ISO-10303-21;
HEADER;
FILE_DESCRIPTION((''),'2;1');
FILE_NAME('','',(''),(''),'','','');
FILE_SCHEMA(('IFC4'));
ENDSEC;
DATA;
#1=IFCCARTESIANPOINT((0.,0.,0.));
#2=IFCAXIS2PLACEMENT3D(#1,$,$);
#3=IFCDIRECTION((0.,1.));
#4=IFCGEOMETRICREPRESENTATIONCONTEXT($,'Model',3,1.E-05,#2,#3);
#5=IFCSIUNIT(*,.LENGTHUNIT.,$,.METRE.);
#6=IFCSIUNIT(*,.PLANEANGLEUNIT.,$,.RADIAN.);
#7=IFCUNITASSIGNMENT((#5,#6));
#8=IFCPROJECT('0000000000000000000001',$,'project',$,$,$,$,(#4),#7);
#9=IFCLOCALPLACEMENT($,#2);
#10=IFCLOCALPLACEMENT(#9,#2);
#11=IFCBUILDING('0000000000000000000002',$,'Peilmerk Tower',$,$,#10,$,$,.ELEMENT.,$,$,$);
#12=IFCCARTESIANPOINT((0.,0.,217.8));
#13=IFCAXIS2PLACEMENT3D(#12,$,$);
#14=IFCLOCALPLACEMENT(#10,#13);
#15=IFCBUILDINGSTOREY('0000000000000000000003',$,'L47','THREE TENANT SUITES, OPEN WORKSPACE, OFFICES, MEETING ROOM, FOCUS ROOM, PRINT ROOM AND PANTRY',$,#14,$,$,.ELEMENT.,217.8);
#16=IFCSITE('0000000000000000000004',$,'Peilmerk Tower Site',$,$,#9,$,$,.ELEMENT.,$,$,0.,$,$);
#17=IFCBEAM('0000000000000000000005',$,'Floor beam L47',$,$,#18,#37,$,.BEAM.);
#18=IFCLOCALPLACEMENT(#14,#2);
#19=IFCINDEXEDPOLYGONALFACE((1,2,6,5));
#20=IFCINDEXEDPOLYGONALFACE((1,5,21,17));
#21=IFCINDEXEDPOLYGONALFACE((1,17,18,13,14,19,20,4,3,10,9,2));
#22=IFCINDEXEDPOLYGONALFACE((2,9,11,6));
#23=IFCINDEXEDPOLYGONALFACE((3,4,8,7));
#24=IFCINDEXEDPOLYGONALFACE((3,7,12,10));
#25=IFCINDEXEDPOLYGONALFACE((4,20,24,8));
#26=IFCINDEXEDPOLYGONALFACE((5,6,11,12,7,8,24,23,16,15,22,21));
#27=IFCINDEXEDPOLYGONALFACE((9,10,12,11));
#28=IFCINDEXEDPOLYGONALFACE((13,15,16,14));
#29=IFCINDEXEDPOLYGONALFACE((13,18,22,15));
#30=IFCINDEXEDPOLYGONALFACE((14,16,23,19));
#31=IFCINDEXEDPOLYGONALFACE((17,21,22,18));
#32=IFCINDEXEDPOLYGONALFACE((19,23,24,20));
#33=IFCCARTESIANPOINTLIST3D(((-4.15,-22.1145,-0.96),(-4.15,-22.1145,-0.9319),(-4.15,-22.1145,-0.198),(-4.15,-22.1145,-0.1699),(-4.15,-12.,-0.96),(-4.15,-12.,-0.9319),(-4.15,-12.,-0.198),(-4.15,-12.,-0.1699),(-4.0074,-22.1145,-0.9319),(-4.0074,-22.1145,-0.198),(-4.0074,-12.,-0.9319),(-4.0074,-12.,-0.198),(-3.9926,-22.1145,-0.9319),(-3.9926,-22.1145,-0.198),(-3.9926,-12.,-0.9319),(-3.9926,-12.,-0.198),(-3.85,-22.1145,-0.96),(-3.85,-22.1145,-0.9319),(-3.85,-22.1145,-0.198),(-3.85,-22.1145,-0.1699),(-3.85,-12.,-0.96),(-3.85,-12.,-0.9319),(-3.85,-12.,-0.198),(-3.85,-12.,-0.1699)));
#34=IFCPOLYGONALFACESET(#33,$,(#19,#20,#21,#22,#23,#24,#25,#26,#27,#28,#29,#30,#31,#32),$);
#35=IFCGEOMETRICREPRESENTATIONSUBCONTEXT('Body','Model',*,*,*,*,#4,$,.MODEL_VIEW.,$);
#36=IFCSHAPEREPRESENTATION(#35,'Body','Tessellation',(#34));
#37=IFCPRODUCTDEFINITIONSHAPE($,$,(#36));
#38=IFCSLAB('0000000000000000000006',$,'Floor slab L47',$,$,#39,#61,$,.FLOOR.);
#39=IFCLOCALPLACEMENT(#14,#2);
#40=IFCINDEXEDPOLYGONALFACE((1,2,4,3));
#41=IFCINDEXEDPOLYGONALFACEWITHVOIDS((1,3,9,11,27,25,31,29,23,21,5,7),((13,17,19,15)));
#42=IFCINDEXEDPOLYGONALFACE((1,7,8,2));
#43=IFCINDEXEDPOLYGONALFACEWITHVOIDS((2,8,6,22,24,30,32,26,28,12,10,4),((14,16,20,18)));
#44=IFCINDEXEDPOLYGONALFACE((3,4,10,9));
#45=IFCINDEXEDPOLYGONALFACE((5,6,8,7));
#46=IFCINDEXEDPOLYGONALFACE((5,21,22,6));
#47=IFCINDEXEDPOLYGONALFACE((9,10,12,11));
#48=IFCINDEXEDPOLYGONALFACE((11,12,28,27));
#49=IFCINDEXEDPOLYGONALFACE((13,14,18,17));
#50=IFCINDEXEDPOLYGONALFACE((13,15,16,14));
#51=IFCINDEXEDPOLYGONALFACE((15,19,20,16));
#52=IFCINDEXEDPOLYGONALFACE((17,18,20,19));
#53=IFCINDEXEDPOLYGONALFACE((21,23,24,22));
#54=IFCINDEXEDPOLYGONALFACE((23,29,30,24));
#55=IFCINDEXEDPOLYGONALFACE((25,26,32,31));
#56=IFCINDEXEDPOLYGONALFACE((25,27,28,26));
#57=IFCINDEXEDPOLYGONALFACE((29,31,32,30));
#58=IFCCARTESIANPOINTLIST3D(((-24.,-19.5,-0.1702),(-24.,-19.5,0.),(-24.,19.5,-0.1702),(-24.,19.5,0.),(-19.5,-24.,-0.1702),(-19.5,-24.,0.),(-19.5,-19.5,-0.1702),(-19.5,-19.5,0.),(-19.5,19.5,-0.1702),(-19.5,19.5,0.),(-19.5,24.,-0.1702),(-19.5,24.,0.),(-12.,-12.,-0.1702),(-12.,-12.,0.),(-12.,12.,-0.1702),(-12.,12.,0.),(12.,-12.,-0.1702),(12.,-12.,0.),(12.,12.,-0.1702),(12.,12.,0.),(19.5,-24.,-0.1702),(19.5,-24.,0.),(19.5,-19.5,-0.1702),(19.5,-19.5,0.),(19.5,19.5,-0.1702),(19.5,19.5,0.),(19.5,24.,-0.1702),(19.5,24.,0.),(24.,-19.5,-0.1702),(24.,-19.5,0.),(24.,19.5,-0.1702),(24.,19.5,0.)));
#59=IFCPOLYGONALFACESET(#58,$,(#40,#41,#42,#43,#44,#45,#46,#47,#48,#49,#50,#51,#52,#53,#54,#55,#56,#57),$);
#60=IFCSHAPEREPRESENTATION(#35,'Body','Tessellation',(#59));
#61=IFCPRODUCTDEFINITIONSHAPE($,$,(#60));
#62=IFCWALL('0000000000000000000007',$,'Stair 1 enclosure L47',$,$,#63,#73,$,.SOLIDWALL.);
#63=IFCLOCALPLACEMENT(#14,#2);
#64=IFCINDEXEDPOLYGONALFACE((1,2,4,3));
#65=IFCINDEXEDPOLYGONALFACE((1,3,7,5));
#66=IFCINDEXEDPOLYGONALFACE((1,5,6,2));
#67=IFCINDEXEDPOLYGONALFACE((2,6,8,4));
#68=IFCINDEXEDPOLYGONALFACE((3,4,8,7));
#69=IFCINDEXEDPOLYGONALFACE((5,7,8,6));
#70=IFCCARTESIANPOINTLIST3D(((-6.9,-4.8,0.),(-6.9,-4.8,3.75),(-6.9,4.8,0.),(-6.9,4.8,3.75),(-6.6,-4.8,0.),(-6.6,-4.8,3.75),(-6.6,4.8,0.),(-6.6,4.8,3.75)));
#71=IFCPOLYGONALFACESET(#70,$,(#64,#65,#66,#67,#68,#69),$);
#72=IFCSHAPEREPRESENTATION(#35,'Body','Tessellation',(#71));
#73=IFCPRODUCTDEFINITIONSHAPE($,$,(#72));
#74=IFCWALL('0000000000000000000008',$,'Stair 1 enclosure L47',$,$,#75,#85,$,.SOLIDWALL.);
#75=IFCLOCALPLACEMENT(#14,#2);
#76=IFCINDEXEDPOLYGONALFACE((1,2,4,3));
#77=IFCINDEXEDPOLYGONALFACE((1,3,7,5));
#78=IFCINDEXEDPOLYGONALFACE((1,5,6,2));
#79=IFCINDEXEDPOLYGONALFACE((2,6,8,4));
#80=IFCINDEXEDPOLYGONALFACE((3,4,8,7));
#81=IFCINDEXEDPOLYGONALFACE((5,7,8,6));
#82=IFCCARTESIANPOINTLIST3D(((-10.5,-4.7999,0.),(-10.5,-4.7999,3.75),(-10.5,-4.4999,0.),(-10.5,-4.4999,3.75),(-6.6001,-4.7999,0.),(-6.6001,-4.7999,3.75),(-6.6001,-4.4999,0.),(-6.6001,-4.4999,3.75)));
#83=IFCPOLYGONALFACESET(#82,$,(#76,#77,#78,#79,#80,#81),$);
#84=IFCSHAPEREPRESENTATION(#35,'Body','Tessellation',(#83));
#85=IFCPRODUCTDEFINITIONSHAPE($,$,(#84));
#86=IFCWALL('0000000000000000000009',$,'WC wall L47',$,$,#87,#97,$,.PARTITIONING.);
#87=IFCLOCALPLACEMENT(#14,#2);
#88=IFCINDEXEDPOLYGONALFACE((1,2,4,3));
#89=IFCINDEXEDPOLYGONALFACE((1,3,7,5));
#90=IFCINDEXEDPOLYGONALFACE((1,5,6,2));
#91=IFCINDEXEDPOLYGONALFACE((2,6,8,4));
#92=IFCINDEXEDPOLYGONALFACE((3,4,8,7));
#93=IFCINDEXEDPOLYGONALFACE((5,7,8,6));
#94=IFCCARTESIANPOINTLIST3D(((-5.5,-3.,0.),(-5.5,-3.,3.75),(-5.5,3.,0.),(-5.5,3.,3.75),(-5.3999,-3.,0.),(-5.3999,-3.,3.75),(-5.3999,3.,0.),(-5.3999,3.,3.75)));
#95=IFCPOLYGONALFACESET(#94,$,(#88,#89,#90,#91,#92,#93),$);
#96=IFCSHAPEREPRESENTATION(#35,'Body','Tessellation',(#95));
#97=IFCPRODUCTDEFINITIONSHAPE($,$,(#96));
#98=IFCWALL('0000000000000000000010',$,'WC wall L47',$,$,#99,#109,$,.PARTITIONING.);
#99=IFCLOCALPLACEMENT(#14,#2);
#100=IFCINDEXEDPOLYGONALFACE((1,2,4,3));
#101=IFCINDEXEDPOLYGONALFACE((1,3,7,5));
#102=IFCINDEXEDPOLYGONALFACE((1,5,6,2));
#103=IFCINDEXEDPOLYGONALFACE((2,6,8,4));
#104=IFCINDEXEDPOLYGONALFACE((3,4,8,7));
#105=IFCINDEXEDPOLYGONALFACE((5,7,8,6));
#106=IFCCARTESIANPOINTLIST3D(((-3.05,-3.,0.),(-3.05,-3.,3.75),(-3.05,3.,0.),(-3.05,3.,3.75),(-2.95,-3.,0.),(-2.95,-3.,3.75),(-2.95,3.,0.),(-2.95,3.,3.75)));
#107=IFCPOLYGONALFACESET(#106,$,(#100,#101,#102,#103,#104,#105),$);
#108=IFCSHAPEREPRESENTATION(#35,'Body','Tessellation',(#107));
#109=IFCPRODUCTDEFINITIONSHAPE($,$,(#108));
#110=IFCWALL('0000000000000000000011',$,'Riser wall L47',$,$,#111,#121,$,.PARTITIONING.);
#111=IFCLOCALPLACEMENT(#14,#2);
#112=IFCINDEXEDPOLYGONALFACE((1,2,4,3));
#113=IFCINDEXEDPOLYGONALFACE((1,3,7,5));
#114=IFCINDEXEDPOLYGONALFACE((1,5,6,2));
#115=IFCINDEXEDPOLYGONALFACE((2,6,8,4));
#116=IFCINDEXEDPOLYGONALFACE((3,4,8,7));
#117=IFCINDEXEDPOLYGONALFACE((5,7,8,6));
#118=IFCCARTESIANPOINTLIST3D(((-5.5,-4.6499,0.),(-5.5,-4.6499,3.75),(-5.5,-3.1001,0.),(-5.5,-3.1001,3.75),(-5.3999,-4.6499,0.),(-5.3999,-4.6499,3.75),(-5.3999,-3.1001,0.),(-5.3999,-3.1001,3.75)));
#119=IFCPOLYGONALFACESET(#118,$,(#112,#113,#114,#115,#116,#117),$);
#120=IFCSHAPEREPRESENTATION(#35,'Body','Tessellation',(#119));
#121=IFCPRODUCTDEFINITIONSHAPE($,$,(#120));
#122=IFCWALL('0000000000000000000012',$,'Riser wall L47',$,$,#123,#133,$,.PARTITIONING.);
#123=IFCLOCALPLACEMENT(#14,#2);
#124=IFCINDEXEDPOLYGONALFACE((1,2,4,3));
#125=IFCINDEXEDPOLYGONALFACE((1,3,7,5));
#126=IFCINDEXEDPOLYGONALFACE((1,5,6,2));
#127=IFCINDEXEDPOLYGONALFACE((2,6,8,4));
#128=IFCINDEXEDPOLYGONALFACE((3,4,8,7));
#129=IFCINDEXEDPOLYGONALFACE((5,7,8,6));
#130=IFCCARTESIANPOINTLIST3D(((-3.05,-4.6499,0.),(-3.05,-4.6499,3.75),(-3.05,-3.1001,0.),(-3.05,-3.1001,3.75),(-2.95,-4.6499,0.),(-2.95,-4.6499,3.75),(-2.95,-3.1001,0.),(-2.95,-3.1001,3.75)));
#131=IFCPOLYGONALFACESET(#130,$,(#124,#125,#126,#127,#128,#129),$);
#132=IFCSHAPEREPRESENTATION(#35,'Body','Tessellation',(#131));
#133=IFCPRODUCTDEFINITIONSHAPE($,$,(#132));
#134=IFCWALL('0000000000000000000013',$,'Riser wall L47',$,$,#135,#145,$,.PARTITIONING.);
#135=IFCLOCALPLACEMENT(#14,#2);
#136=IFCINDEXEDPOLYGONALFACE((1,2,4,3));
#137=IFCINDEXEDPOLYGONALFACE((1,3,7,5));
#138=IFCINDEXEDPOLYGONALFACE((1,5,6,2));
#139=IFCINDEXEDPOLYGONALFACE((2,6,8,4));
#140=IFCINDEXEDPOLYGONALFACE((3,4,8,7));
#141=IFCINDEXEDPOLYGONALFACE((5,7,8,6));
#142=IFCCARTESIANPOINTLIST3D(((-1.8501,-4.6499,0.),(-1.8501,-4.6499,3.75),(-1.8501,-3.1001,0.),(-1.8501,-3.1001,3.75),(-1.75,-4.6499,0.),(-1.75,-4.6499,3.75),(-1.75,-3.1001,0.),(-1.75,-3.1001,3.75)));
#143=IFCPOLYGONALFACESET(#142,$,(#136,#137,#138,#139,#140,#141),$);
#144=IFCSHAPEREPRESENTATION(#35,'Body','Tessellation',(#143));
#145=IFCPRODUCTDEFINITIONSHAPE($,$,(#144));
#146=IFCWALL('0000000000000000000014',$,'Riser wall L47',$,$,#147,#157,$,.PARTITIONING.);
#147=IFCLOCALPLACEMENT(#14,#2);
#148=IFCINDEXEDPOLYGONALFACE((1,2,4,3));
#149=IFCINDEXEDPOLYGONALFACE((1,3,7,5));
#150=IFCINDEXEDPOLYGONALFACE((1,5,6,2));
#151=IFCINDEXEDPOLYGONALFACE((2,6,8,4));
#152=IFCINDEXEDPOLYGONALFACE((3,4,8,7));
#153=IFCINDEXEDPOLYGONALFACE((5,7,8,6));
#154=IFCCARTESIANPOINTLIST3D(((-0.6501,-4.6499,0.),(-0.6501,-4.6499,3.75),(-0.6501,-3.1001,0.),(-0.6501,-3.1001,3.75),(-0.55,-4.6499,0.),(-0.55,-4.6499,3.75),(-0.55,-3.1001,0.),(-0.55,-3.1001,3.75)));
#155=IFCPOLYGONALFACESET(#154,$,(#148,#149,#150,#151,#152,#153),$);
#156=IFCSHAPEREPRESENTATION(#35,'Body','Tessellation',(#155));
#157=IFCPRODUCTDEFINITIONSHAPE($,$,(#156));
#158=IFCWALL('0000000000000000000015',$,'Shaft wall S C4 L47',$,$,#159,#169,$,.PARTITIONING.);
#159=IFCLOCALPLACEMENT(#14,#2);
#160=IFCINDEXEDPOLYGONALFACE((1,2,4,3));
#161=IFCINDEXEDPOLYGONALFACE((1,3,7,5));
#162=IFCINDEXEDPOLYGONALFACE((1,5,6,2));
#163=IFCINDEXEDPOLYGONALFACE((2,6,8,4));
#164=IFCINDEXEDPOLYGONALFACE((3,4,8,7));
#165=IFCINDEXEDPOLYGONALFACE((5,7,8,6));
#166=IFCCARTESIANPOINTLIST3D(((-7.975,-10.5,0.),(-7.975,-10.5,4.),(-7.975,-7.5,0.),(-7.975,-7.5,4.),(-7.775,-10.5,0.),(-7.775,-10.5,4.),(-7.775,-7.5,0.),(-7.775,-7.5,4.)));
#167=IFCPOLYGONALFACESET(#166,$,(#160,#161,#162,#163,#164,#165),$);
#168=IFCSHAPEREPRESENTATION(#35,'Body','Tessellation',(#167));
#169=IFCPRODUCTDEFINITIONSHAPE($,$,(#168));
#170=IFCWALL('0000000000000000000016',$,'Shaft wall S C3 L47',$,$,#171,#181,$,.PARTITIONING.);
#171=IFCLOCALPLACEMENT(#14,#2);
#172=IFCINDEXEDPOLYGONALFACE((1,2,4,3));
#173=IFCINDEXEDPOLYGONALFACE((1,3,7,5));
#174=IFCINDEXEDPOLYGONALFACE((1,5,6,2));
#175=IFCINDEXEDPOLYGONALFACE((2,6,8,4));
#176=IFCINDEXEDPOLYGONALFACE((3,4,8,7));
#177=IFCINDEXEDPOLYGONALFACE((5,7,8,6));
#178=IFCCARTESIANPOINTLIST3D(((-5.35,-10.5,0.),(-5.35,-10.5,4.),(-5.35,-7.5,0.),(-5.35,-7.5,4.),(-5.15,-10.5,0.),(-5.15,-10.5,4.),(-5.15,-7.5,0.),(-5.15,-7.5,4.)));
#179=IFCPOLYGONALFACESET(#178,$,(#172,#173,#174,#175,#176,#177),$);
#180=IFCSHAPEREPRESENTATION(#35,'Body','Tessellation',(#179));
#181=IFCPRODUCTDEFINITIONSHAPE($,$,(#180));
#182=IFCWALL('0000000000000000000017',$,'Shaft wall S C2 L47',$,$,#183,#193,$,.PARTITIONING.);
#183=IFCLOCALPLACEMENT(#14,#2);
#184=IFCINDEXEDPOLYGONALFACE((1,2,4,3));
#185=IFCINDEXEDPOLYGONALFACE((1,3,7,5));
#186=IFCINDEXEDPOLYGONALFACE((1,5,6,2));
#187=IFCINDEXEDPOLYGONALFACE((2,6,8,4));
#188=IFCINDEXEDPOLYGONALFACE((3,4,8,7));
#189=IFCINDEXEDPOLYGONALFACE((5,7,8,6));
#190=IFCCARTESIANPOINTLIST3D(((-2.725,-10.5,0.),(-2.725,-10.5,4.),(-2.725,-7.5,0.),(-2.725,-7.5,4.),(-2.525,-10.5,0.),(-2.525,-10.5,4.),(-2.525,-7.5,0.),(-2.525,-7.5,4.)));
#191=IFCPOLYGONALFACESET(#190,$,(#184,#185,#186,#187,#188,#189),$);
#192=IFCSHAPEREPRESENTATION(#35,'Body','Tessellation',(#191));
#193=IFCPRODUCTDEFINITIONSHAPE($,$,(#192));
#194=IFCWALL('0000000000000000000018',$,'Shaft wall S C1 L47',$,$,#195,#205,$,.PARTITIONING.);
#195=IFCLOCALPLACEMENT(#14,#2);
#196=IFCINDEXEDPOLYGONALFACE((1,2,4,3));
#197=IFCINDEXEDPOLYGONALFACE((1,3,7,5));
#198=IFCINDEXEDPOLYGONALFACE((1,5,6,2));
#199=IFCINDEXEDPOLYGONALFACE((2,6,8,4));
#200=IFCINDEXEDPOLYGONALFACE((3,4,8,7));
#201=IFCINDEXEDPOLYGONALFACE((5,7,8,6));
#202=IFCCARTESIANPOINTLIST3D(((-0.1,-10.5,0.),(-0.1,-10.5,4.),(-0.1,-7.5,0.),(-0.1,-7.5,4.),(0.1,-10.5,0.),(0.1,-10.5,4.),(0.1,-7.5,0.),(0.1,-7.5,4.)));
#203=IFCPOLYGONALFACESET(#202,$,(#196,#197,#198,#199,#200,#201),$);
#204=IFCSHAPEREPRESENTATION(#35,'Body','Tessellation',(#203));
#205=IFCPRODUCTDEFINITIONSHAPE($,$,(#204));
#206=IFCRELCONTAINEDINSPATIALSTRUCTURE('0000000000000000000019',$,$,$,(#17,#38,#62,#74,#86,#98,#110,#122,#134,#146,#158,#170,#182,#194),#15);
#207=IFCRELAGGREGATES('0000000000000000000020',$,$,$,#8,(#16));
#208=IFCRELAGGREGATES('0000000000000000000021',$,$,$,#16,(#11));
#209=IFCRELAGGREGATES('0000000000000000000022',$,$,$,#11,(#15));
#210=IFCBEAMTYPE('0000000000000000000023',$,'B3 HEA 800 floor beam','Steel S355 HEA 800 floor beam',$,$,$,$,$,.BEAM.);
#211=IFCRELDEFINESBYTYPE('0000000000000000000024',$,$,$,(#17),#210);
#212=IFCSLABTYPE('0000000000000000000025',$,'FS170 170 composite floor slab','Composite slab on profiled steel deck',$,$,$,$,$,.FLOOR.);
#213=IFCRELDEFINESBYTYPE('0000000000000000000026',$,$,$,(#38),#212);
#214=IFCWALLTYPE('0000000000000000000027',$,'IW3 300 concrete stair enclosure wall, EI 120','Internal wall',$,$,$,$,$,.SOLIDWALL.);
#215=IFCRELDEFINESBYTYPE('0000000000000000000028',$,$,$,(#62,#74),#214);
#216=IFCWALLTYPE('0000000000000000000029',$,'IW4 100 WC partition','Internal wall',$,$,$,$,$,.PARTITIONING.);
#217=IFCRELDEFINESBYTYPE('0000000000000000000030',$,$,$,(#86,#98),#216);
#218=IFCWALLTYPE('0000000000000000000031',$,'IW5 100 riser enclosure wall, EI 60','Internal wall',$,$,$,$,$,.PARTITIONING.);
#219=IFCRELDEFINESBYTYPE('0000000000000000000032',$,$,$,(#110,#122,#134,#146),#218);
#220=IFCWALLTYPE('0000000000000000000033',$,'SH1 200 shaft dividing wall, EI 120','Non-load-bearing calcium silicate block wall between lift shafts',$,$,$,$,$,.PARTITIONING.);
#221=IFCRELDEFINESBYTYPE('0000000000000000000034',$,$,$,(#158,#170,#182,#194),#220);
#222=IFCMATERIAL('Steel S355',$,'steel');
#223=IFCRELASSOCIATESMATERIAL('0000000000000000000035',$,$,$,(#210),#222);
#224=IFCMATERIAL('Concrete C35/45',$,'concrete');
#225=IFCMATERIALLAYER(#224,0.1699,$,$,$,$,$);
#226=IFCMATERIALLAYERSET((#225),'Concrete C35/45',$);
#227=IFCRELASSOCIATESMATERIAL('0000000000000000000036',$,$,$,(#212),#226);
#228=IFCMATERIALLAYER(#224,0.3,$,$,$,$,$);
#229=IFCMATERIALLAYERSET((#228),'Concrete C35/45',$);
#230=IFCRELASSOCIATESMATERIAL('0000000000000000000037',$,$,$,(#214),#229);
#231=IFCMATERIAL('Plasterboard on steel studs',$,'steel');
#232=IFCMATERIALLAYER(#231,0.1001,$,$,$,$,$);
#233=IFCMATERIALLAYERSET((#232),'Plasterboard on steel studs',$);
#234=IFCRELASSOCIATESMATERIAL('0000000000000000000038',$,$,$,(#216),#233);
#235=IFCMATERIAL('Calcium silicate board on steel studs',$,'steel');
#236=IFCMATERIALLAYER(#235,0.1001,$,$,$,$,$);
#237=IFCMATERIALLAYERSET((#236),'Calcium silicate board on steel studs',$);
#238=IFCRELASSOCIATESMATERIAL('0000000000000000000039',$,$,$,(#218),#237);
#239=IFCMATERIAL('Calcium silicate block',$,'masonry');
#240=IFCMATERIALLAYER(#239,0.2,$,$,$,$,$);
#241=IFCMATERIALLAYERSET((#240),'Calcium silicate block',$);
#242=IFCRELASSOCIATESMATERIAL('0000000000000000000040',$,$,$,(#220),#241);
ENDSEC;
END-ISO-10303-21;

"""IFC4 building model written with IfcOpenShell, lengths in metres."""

from ifc_helpers import new_model, si_unit, direction, frame, frame_2d, origin, origin_2d, place, context, subcontext, project, spatial, polyline, rectangle, i_section, outline, extrude, material, layer, layer_set, material_profile, profile_set, type_object, element, save


model = new_model("IFC4")

# Units and contexts
model_context = context("Model", 3, precision=1e-05, world=origin(), true_north=direction((0.0, 1.0)))
body_context = subcontext(model_context, "Body", "Model", "MODEL_VIEW")
ifc_project = project(units=[si_unit("LENGTHUNIT", "METRE"), si_unit("PLANEANGLEUNIT", "RADIAN")], contexts=[model_context])

# Site, building, storey
site_placement = place(None, origin())
site = spatial("IfcSite", under=ifc_project, at=site_placement, Name="Peilmerk Tower Site", CompositionType="ELEMENT", RefElevation=0.0)
building_placement = place(site_placement, origin())
building = spatial("IfcBuilding", under=site, at=building_placement, Name="Peilmerk Tower", CompositionType="ELEMENT")
storey_placement = place(building_placement, frame((0.0, 0.0, 217.8)))
storey = spatial("IfcBuildingStorey", under=building, at=storey_placement, Name="L47", Description="THREE TENANT SUITES, OPEN WORKSPACE, OFFICES, MEETING ROOM, FOCUS ROOM, PRINT ROOM AND PANTRY", CompositionType="ELEMENT", Elevation=217.8)

# Beam
ifc_material_1 = material(Name="Steel S355", Category="steel")
ifc_material_profile = material_profile(ifc_material_1, i_section(OverallWidth=0.3, OverallDepth=0.79, WebThickness=0.0149, FlangeThickness=0.0281, at=origin_2d()), Name="HEA 800")
ifc_profile_set = profile_set([ifc_material_profile], Name="Steel S355")
beam_type = type_object("IfcBeamType", Name="B3 HEA 800 floor beam", Description="Steel S355 HEA 800 floor beam", PredefinedType="BEAM", material=ifc_profile_set)
beam_placement = place(storey_placement, frame((-4.0, -12.0, -0.5649), z_axis=(0.0, -1.0, 0.0), x_axis=(1.0, 0.0, 0.0)))
element("IfcBeam", 1, at=beam_placement, inside=storey, type_object=beam_type, Name="Floor beam L47", PredefinedType="BEAM", context=body_context, shape_type="SweptSolid", body=[
    extrude(i_section(OverallWidth=0.3, OverallDepth=0.79, WebThickness=0.0149, FlangeThickness=0.0281, at=origin_2d()), origin(), (0.0, 0.0, 1.0), 10.1145),
])

# Slab
ifc_material_2 = material(Name="Concrete C35/45", Category="concrete")
ifc_layer_1 = layer(ifc_material_2, 0.1699)
ifc_layer_set_1 = layer_set([ifc_layer_1], Name="Concrete C35/45")
slab_type = type_object("IfcSlabType", Name="FS170 170 composite floor slab", Description="Composite slab on profiled steel deck", PredefinedType="FLOOR", material=ifc_layer_set_1)
slab_placement = place(storey_placement, frame((0.0, 0.0, -0.1702)))
element("IfcSlab", 2, at=slab_placement, inside=storey, type_object=slab_type, Name="Floor slab L47", PredefinedType="FLOOR", context=body_context, shape_type="SweptSolid", body=[
    extrude(outline(polyline([(-19.5, -24.0), (19.5, -24.0), (19.5, -19.5), (24.0, -19.5), (24.0, 19.5), (19.5, 19.5), (19.5, 24.0), (-19.5, 24.0), (-19.5, 19.5), (-24.0, 19.5), (-24.0, -19.5), (-19.5, -19.5), (-19.5, -24.0)]), holes=[polyline([(12.0, 12.0), (12.0, -12.0), (-12.0, -12.0), (-12.0, 12.0), (12.0, 12.0)])]), origin(), (0.0, 0.0, 1.0), 0.1702),
])

# Walls
ifc_layer_2 = layer(ifc_material_2, 0.3)
ifc_layer_set_2 = layer_set([ifc_layer_2], Name="Concrete C35/45")
wall_type_1 = type_object("IfcWallType", Name="IW3 300 concrete stair enclosure wall, EI 120", Description="Internal wall", PredefinedType="SOLIDWALL", material=ifc_layer_set_2)
wall_1_placement = place(storey_placement, frame((-6.75, -4.8, 0.0), z_axis=(0.0, 0.0, 1.0), x_axis=(0.0, 1.0, 0.0)))
element("IfcWall", 3, at=wall_1_placement, inside=storey, type_object=wall_type_1, Name="Stair 1 enclosure L47", PredefinedType="SOLIDWALL", context=body_context, shape_type="SweptSolid", body=[
    extrude(rectangle(XDim=9.6001, YDim=0.3, at=frame_2d((4.8, 0.0))), origin(), (0.0, 0.0, 1.0), 3.75),
])
wall_2_placement = place(storey_placement, frame((-6.6001, -4.6499, 0.0), z_axis=(0.0, 0.0, 1.0), x_axis=(-1.0, 0.0, 0.0)))
element("IfcWall", 4, at=wall_2_placement, inside=storey, type_object=wall_type_1, Name="Stair 1 enclosure L47", PredefinedType="SOLIDWALL", context=body_context, shape_type="SweptSolid", body=[
    extrude(rectangle(XDim=3.8999, YDim=0.3, at=frame_2d((1.95, 0.0))), origin(), (0.0, 0.0, 1.0), 3.75),
])
ifc_material_3 = material(Name="Plasterboard on steel studs", Category="steel")
ifc_layer_3 = layer(ifc_material_3, 0.1001)
ifc_layer_set_3 = layer_set([ifc_layer_3], Name="Plasterboard on steel studs")
wall_type_2 = type_object("IfcWallType", Name="IW4 100 WC partition", Description="Internal wall", PredefinedType="PARTITIONING", material=ifc_layer_set_3)
for number, where, z_axis, x_axis, name in (
    (5, (-5.45, -3.0, 0.0), (0.0, 0.0, 1.0), (0.0, 1.0, 0.0), "WC wall L47"),
    (6, (-3.0, -3.0, 0.0), (0.0, 0.0, 1.0), (0.0, 1.0, 0.0), "WC wall L47"),
):
    element("IfcWall", number, at=place(storey_placement, frame(where, z_axis=z_axis, x_axis=x_axis)), inside=storey, type_object=wall_type_2, Name=name, PredefinedType="PARTITIONING", context=body_context, shape_type="SweptSolid", body=[
        extrude(rectangle(XDim=6.0, YDim=0.1001, at=frame_2d((3.0, 0.0))), origin(), (0.0, 0.0, 1.0), 3.75),
    ])
ifc_material_4 = material(Name="Calcium silicate board on steel studs", Category="steel")
ifc_layer_4 = layer(ifc_material_4, 0.1001)
ifc_layer_set_4 = layer_set([ifc_layer_4], Name="Calcium silicate board on steel studs")
wall_type_3 = type_object("IfcWallType", Name="IW5 100 riser enclosure wall, EI 60", Description="Internal wall", PredefinedType="PARTITIONING", material=ifc_layer_set_4)
for number, where, z_axis, x_axis, name in (
    (7, (-5.45, -3.1001, 0.0), (0.0, 0.0, 1.0), (0.0, -1.0, 0.0), "Riser wall L47"),
    (8, (-3.0, -3.1001, 0.0), (0.0, 0.0, 1.0), (0.0, -1.0, 0.0), "Riser wall L47"),
    (9, (-1.8, -3.1001, 0.0), (0.0, 0.0, 1.0), (0.0, -1.0, 0.0), "Riser wall L47"),
    (10, (-0.6001, -3.1001, 0.0), (0.0, 0.0, 1.0), (0.0, -1.0, 0.0), "Riser wall L47"),
):
    element("IfcWall", number, at=place(storey_placement, frame(where, z_axis=z_axis, x_axis=x_axis)), inside=storey, type_object=wall_type_3, Name=name, PredefinedType="PARTITIONING", context=body_context, shape_type="SweptSolid", body=[
        extrude(rectangle(XDim=1.5498, YDim=0.1001, at=frame_2d((0.7749, 0.0))), origin(), (0.0, 0.0, 1.0), 3.75),
    ])
ifc_material_5 = material(Name="Calcium silicate block", Category="masonry")
ifc_layer_5 = layer(ifc_material_5, 0.2)
ifc_layer_set_5 = layer_set([ifc_layer_5], Name="Calcium silicate block")
wall_type_4 = type_object("IfcWallType", Name="SH1 200 shaft dividing wall, EI 120", Description="Non-load-bearing calcium silicate block wall between lift shafts", PredefinedType="PARTITIONING", material=ifc_layer_set_5)
for number, where, z_axis, x_axis, name in (
    (11, (-7.875, -10.5, 0.0), (0.0, 0.0, 1.0), (0.0, 1.0, 0.0), "Shaft wall S C4 L47"),
    (12, (-5.25, -10.5, 0.0), (0.0, 0.0, 1.0), (0.0, 1.0, 0.0), "Shaft wall S C3 L47"),
    (13, (-2.625, -10.5, 0.0), (0.0, 0.0, 1.0), (0.0, 1.0, 0.0), "Shaft wall S C2 L47"),
    (14, (0.0, -10.5, 0.0), (0.0, 0.0, 1.0), (0.0, 1.0, 0.0), "Shaft wall S C1 L47"),
):
    element("IfcWall", number, at=place(storey_placement, frame(where, z_axis=z_axis, x_axis=x_axis)), inside=storey, type_object=wall_type_4, Name=name, PredefinedType="PARTITIONING", context=body_context, shape_type="SweptSolid", body=[
        extrude(rectangle(XDim=3.0, YDim=0.2, at=frame_2d((1.5, 0.0))), origin(), (0.0, 0.0, 1.0), 4.0),
    ])

save(model, "model.ifc")
